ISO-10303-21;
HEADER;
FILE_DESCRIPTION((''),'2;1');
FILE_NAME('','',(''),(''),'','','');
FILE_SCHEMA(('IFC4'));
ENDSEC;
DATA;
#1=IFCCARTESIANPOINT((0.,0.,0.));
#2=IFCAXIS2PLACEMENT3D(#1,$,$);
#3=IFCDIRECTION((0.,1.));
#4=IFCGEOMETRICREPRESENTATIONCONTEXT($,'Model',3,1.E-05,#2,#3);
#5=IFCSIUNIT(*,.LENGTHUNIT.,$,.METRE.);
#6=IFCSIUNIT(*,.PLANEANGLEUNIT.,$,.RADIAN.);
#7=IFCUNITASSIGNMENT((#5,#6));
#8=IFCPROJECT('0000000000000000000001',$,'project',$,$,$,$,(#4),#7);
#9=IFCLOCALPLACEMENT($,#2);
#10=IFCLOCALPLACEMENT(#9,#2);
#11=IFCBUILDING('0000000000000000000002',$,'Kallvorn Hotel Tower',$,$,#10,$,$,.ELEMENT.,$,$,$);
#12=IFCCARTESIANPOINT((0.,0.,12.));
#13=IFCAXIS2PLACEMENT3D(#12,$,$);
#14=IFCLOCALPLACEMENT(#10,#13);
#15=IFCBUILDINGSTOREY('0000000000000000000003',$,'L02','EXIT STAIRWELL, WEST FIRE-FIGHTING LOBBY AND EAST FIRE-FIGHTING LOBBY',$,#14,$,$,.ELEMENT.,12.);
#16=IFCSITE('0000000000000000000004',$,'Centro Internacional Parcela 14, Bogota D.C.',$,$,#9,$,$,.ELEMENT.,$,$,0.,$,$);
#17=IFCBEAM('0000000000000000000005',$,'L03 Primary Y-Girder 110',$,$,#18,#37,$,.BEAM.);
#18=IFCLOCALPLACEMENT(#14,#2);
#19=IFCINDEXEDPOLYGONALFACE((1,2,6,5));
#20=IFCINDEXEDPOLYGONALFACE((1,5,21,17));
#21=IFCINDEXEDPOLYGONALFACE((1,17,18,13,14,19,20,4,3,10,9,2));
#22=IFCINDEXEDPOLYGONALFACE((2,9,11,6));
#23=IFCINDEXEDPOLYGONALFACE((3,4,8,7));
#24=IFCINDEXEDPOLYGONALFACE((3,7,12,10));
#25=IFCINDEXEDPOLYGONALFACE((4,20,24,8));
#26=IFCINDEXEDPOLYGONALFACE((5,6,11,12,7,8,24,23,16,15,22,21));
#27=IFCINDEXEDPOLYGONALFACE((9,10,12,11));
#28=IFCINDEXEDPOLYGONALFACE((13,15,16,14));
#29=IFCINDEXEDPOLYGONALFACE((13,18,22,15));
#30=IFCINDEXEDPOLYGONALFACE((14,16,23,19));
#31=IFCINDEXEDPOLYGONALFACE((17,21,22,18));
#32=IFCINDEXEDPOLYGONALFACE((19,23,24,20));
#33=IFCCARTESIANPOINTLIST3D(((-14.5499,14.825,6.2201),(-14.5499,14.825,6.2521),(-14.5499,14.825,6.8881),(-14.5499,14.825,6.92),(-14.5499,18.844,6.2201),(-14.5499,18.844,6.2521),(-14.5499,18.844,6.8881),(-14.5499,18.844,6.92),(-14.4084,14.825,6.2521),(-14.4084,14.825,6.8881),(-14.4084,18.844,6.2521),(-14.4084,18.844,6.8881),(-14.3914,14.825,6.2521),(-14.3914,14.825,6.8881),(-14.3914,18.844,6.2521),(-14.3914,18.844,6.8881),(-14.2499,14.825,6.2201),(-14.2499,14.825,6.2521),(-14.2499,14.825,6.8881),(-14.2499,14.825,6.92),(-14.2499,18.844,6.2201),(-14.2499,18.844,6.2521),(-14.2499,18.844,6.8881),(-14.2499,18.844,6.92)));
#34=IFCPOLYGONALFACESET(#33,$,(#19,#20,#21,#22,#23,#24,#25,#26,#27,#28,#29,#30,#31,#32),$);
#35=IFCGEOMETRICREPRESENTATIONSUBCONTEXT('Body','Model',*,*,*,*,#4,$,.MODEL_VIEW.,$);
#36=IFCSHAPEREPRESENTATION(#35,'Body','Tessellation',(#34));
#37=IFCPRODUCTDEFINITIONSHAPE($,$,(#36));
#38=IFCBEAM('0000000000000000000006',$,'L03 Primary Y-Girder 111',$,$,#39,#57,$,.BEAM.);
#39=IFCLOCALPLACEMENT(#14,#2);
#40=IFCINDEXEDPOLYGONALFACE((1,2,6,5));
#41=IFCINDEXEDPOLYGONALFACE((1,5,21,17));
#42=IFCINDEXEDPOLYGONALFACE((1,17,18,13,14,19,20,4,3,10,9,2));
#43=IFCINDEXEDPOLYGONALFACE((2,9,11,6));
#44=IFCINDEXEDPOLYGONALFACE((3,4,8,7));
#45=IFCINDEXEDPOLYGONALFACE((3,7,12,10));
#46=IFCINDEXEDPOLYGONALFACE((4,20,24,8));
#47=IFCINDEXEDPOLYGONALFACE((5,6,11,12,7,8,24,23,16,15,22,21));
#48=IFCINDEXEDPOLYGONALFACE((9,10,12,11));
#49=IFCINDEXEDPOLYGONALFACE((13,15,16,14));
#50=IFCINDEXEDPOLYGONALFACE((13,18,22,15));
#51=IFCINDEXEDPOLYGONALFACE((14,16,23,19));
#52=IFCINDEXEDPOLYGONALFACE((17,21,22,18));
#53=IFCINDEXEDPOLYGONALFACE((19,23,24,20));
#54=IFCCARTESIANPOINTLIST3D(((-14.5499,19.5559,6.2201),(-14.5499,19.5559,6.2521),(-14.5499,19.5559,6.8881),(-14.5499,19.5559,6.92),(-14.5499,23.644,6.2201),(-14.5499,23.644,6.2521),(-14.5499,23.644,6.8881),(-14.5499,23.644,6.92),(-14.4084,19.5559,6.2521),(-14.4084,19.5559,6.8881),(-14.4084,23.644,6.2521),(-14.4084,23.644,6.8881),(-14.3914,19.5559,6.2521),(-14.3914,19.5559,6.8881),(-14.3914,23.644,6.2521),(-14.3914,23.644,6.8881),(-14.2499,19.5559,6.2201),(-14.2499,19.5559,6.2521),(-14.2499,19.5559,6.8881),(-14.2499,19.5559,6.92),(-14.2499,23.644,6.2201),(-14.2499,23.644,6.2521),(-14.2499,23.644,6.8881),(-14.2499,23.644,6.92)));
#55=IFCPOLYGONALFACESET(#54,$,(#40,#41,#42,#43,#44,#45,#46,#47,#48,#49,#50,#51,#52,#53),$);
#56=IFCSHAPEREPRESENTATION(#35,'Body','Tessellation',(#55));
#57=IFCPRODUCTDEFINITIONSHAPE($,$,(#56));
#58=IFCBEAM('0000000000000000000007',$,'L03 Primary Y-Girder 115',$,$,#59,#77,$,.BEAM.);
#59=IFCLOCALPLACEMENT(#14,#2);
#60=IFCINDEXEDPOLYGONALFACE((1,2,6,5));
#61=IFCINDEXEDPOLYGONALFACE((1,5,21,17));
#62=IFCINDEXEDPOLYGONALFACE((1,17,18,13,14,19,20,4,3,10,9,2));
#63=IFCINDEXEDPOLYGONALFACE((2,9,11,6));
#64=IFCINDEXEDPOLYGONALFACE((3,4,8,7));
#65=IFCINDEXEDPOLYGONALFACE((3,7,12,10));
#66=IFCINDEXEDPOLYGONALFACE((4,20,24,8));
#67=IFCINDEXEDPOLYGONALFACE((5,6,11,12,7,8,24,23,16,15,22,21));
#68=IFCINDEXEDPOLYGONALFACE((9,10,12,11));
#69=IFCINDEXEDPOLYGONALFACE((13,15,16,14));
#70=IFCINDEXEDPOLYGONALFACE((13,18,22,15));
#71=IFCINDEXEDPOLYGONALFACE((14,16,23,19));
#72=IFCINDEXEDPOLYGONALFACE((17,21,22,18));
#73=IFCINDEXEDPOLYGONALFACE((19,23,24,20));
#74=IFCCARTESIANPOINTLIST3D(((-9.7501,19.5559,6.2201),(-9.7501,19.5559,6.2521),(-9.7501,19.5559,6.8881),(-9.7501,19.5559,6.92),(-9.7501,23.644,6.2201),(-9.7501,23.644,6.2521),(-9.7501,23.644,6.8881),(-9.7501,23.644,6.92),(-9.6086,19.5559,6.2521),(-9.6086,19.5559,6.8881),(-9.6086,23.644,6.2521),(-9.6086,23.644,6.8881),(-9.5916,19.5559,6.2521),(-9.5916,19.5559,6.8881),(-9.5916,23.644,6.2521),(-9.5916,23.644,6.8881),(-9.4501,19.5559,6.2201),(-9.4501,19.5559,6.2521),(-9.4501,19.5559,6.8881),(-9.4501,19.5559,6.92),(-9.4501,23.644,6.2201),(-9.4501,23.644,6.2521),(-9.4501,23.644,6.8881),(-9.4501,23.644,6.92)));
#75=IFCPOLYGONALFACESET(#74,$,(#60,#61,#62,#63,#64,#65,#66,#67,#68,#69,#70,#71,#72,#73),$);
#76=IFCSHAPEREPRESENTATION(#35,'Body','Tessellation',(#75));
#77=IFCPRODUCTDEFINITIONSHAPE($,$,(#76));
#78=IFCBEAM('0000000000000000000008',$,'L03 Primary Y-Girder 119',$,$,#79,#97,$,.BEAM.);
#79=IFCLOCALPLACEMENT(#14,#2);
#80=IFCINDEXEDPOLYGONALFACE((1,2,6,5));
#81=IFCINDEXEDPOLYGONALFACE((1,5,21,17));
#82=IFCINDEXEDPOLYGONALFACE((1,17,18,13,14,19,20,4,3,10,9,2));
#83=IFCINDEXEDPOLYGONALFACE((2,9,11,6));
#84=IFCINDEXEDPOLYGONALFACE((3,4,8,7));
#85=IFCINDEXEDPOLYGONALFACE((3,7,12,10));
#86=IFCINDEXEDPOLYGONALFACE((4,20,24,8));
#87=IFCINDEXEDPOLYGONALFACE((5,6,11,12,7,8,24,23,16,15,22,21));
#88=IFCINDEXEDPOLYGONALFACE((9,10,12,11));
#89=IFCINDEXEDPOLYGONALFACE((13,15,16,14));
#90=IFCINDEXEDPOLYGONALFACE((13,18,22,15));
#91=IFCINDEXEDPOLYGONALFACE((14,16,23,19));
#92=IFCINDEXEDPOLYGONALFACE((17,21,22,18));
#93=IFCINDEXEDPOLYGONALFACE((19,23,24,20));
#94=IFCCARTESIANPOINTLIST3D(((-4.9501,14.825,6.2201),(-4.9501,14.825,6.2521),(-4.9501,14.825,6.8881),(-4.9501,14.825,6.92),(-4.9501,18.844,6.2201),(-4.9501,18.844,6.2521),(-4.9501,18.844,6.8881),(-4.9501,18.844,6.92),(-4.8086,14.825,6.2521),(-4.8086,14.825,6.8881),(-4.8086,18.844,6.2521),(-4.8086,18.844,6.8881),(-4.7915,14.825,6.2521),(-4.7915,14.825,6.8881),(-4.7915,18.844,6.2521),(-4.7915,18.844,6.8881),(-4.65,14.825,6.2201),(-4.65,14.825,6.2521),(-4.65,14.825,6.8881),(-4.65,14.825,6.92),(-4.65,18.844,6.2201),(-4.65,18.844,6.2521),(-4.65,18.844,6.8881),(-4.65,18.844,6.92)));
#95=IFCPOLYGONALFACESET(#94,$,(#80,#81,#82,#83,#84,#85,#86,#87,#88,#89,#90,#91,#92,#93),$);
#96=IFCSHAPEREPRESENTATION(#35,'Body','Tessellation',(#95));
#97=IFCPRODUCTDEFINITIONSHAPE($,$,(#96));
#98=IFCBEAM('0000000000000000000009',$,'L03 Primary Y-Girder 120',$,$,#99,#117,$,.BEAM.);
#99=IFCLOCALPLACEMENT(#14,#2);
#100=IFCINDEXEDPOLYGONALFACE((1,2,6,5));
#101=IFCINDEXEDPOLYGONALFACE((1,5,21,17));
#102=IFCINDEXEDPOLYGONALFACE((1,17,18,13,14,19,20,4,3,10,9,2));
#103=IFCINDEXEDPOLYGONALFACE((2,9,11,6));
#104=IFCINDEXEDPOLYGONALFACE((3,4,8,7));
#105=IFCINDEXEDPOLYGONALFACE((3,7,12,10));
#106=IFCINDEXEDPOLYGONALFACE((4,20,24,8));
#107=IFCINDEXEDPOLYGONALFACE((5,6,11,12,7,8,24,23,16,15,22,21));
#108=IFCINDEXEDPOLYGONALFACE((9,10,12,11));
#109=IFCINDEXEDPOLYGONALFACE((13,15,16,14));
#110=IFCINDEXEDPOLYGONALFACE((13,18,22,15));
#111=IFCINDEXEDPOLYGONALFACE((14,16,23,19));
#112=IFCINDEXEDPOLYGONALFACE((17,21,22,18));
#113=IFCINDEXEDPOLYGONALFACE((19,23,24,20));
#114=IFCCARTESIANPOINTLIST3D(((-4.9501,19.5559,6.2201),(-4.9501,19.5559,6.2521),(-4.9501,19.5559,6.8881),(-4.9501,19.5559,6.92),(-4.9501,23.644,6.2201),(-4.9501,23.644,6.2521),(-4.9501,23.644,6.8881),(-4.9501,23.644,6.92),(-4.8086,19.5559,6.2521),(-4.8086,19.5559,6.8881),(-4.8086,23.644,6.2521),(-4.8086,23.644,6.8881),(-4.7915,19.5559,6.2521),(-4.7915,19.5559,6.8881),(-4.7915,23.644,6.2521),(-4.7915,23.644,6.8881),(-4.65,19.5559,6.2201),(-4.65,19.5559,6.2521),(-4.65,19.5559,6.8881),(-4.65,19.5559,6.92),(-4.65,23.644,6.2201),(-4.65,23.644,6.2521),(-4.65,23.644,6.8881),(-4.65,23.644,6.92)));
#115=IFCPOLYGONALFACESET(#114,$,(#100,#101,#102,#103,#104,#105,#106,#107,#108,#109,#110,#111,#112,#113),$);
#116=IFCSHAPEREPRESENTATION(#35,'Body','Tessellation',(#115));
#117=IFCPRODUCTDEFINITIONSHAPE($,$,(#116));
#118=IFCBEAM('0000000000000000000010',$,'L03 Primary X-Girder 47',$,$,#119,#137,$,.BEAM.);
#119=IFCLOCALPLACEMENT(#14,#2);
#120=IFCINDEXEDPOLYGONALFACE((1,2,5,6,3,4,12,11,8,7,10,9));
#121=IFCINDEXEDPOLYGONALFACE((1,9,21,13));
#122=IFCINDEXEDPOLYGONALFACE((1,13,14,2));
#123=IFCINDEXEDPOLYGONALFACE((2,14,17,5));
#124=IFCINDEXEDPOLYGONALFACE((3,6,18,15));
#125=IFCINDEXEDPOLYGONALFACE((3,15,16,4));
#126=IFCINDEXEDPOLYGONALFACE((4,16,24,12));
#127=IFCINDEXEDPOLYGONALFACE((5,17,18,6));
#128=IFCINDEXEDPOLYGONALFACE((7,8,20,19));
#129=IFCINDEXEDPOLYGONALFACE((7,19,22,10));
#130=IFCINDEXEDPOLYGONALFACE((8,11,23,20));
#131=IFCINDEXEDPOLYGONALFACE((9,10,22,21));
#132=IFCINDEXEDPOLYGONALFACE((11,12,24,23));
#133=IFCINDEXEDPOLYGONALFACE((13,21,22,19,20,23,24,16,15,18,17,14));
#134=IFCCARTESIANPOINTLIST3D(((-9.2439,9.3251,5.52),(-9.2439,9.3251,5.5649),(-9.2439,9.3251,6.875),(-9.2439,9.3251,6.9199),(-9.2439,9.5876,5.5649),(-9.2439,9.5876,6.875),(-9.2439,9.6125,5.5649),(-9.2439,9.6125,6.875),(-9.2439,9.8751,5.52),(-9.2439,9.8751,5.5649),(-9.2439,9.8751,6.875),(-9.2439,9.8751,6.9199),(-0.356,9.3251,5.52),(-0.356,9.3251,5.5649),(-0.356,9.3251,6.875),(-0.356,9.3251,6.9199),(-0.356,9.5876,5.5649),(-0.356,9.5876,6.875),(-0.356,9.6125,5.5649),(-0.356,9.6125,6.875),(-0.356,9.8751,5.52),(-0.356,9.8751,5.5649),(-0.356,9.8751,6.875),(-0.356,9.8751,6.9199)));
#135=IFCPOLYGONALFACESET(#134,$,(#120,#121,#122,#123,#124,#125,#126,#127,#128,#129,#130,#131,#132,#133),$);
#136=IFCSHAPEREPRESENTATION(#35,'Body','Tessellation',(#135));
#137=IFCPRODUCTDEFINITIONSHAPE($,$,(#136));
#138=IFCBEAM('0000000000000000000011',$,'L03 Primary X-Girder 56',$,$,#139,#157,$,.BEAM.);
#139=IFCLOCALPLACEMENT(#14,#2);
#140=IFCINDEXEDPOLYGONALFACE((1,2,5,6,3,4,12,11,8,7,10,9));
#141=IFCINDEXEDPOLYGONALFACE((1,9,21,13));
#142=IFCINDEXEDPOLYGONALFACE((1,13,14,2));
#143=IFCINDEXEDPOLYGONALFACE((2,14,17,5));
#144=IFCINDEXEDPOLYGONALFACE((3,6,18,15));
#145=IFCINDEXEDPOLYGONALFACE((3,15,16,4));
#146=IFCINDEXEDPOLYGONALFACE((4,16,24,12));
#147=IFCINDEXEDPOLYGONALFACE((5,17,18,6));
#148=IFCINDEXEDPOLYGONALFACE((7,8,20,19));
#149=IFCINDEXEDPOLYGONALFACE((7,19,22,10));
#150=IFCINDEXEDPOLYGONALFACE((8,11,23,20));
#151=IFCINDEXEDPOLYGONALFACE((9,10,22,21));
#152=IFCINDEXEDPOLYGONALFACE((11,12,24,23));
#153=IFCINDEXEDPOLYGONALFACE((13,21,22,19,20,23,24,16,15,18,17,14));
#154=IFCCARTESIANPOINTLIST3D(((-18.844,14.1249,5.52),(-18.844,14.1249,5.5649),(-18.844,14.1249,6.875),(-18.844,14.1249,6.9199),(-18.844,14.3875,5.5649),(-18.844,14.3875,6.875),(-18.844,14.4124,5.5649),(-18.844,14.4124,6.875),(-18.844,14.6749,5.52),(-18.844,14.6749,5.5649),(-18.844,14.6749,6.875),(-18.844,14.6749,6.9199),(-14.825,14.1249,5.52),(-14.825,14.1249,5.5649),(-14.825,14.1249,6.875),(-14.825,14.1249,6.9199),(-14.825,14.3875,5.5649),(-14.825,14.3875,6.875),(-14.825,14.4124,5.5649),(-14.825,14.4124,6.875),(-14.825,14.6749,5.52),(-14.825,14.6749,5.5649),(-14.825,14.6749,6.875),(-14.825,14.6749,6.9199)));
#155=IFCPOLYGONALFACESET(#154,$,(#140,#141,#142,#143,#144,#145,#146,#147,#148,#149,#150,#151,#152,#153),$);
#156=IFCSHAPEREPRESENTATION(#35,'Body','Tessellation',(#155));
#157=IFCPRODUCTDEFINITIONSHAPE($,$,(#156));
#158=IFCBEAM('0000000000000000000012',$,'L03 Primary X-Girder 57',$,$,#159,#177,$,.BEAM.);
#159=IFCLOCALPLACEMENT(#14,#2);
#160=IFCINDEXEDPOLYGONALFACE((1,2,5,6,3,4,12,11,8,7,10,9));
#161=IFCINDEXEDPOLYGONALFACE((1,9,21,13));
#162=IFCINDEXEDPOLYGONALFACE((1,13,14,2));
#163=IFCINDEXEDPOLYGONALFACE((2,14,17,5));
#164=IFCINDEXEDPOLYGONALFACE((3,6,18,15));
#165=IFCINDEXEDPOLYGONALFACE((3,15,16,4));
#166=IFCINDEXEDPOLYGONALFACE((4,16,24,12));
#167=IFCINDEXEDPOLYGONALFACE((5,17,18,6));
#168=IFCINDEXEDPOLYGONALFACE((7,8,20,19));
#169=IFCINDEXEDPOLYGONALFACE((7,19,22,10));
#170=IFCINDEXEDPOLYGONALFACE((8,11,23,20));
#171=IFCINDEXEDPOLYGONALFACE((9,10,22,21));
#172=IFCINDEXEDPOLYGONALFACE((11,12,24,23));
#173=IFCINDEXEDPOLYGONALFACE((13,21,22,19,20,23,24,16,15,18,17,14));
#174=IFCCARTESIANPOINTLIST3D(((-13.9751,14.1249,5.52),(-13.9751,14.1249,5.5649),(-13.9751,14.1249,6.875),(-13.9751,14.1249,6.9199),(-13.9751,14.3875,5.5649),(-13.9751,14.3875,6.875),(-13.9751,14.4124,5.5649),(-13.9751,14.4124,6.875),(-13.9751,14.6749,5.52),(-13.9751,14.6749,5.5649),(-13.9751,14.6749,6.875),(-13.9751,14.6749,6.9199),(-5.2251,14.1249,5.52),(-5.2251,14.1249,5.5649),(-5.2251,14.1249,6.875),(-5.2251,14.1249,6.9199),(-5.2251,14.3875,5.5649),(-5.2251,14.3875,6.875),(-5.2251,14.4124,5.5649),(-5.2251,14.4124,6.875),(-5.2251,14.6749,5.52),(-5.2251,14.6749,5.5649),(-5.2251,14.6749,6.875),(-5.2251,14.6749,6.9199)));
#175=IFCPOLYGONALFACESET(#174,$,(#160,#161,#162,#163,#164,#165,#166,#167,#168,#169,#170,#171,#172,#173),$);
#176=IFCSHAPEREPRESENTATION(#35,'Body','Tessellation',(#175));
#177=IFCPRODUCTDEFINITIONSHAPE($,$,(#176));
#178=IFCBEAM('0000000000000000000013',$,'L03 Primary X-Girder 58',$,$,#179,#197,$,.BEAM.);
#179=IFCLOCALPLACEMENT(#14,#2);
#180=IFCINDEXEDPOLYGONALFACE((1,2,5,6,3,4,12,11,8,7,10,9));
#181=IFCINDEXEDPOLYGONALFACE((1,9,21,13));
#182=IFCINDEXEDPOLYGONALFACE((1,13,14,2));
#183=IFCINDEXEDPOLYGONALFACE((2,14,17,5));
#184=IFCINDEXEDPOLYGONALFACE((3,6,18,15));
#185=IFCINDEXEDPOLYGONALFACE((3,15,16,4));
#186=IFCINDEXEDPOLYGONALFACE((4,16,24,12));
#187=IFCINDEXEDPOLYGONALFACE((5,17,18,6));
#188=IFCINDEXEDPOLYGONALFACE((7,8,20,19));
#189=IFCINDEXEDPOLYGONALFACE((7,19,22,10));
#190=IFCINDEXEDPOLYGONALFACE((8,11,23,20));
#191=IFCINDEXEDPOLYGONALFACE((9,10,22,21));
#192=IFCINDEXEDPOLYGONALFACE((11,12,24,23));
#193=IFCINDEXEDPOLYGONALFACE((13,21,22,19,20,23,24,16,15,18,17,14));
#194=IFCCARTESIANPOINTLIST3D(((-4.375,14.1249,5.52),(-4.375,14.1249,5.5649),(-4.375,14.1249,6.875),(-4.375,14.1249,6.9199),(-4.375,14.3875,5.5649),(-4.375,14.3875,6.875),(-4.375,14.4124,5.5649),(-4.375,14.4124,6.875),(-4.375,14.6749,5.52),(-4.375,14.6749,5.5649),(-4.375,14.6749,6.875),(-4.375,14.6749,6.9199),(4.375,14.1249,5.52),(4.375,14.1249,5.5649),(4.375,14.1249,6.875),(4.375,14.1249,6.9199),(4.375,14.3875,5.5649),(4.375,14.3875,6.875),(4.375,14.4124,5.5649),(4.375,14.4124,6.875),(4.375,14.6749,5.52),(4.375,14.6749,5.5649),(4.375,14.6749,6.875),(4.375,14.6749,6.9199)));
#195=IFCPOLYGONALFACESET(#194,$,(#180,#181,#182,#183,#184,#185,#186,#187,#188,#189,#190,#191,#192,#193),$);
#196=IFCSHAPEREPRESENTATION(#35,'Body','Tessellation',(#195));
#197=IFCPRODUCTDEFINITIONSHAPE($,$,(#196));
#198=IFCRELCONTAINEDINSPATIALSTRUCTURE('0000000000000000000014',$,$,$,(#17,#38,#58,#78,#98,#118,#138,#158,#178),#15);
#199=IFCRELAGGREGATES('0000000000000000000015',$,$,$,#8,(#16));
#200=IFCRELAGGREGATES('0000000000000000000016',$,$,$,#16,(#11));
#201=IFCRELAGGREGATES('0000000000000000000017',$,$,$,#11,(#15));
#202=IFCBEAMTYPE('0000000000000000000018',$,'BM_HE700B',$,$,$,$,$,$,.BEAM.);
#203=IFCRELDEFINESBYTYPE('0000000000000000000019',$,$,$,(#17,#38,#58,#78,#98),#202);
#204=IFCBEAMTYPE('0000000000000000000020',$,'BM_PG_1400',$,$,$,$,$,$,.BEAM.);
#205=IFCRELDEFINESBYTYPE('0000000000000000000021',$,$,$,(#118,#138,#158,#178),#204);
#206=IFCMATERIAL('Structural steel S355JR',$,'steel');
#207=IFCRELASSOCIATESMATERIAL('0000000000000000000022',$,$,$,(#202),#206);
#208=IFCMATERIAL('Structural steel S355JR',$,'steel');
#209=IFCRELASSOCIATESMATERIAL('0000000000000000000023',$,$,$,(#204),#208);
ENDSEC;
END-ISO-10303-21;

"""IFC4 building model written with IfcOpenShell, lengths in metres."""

from ifc_helpers import new_model, si_unit, direction, frame, origin, origin_2d, place, context, subcontext, project, spatial, i_section, extrude, material, material_profile, profile_set, type_object, element, save


model = new_model("IFC4")

# Units and contexts
model_context = context("Model", 3, precision=1e-05, world=origin(), true_north=direction((0.0, 1.0)))
body_context = subcontext(model_context, "Body", "Model", "MODEL_VIEW")
ifc_project = project(units=[si_unit("LENGTHUNIT", "METRE"), si_unit("PLANEANGLEUNIT", "RADIAN")], contexts=[model_context])

# Site, building, storey
site_placement = place(None, origin())
site = spatial("IfcSite", under=ifc_project, at=site_placement, Name="Centro Internacional Parcela 14, Bogota D.C.", CompositionType="ELEMENT", RefElevation=0.0)
building_placement = place(site_placement, origin())
building = spatial("IfcBuilding", under=site, at=building_placement, Name="Kallvorn Hotel Tower", CompositionType="ELEMENT")
storey_placement = place(building_placement, frame((0.0, 0.0, 12.0)))
storey = spatial("IfcBuildingStorey", under=building, at=storey_placement, Name="L02", Description="EXIT STAIRWELL, WEST FIRE-FIGHTING LOBBY AND EAST FIRE-FIGHTING LOBBY", CompositionType="ELEMENT", Elevation=12.0)

# Beams
ifc_material_1 = material(Name="Structural steel S355JR", Category="steel")
ifc_material_profile_1 = material_profile(ifc_material_1, i_section(OverallWidth=0.3, OverallDepth=0.7, WebThickness=0.0171, FlangeThickness=0.032, at=origin_2d()), Name="HE 700 B")
ifc_profile_set_1 = profile_set([ifc_material_profile_1], Name="Structural steel S355JR")
beam_type_1 = type_object("IfcBeamType", Name="BM_HE700B", PredefinedType="BEAM", material=ifc_profile_set_1)
beam_1_placement = place(storey_placement, frame((-14.3999, 14.825, 6.5701), z_axis=(0.0, 1.0, 0.0), x_axis=(-1.0, 0.0, 0.0)))
element("IfcBeam", 1, at=beam_1_placement, inside=storey, type_object=beam_type_1, Name="L03 Primary Y-Girder 110", PredefinedType="BEAM", context=body_context, shape_type="SweptSolid", body=[
    extrude(i_section(OverallWidth=0.3, OverallDepth=0.7, WebThickness=0.0171, FlangeThickness=0.032, at=origin_2d()), origin(), (0.0, 0.0, 1.0), 4.019),
])
for number, where, z_axis, x_axis, name in (
    (2, (-14.3999, 19.5559, 6.5701), (0.0, 1.0, 0.0), (-1.0, 0.0, 0.0), "L03 Primary Y-Girder 111"),
    (3, (-9.6001, 19.5559, 6.5701), (0.0, 1.0, 0.0), (-1.0, 0.0, 0.0), "L03 Primary Y-Girder 115"),
):
    element("IfcBeam", number, at=place(storey_placement, frame(where, z_axis=z_axis, x_axis=x_axis)), inside=storey, type_object=beam_type_1, Name=name, PredefinedType="BEAM", context=body_context, shape_type="SweptSolid", body=[
        extrude(i_section(OverallWidth=0.3, OverallDepth=0.7, WebThickness=0.0171, FlangeThickness=0.032, at=origin_2d()), origin(), (0.0, 0.0, 1.0), 4.0881),
    ])
beam_2_placement = place(storey_placement, frame((-4.8, 14.825, 6.5701), z_axis=(0.0, 1.0, 0.0), x_axis=(-1.0, 0.0, 0.0)))
element("IfcBeam", 4, at=beam_2_placement, inside=storey, type_object=beam_type_1, Name="L03 Primary Y-Girder 119", PredefinedType="BEAM", context=body_context, shape_type="SweptSolid", body=[
    extrude(i_section(OverallWidth=0.3, OverallDepth=0.7, WebThickness=0.0171, FlangeThickness=0.032, at=origin_2d()), origin(), (0.0, 0.0, 1.0), 4.019),
])
beam_3_placement = place(storey_placement, frame((-4.8, 19.5559, 6.5701), z_axis=(0.0, 1.0, 0.0), x_axis=(-1.0, 0.0, 0.0)))
element("IfcBeam", 5, at=beam_3_placement, inside=storey, type_object=beam_type_1, Name="L03 Primary Y-Girder 120", PredefinedType="BEAM", context=body_context, shape_type="SweptSolid", body=[
    extrude(i_section(OverallWidth=0.3, OverallDepth=0.7, WebThickness=0.0171, FlangeThickness=0.032, at=origin_2d()), origin(), (0.0, 0.0, 1.0), 4.0881),
])
ifc_material_2 = material(Name="Structural steel S355JR", Category="steel")
ifc_material_profile_2 = material_profile(ifc_material_2, i_section(OverallWidth=0.55, OverallDepth=1.3999, WebThickness=0.0249, FlangeThickness=0.0449, at=origin_2d()), Name="PG 1400x550x25x45")
ifc_profile_set_2 = profile_set([ifc_material_profile_2], Name="Structural steel S355JR")
beam_type_2 = type_object("IfcBeamType", Name="BM_PG_1400", PredefinedType="BEAM", material=ifc_profile_set_2)
beam_4_placement = place(storey_placement, frame((-9.2439, 9.6001, 6.22), z_axis=(1.0, 0.0, 0.0), x_axis=(0.0, 1.0, 0.0)))
element("IfcBeam", 6, at=beam_4_placement, inside=storey, type_object=beam_type_2, Name="L03 Primary X-Girder 47", PredefinedType="BEAM", context=body_context, shape_type="SweptSolid", body=[
    extrude(i_section(OverallWidth=0.55, OverallDepth=1.3999, WebThickness=0.0249, FlangeThickness=0.0449, at=origin_2d()), origin(), (0.0, 0.0, 1.0), 8.8879),
])
beam_5_placement = place(storey_placement, frame((-18.844, 14.3999, 6.22), z_axis=(1.0, 0.0, 0.0), x_axis=(0.0, 1.0, 0.0)))
element("IfcBeam", 7, at=beam_5_placement, inside=storey, type_object=beam_type_2, Name="L03 Primary X-Girder 56", PredefinedType="BEAM", context=body_context, shape_type="SweptSolid", body=[
    extrude(i_section(OverallWidth=0.55, OverallDepth=1.3999, WebThickness=0.0249, FlangeThickness=0.0449, at=origin_2d()), origin(), (0.0, 0.0, 1.0), 4.019),
])
for number, where, z_axis, x_axis, name in (
    (8, (-13.9751, 14.3999, 6.22), (1.0, 0.0, 0.0), (0.0, 1.0, 0.0), "L03 Primary X-Girder 57"),
    (9, (-4.375, 14.3999, 6.22), (1.0, 0.0, 0.0), (0.0, 1.0, 0.0), "L03 Primary X-Girder 58"),
):
    element("IfcBeam", number, at=place(storey_placement, frame(where, z_axis=z_axis, x_axis=x_axis)), inside=storey, type_object=beam_type_2, Name=name, PredefinedType="BEAM", context=body_context, shape_type="SweptSolid", body=[
        extrude(i_section(OverallWidth=0.55, OverallDepth=1.3999, WebThickness=0.0249, FlangeThickness=0.0449, at=origin_2d()), origin(), (0.0, 0.0, 1.0), 8.75),
    ])

save(model, "model.ifc")
